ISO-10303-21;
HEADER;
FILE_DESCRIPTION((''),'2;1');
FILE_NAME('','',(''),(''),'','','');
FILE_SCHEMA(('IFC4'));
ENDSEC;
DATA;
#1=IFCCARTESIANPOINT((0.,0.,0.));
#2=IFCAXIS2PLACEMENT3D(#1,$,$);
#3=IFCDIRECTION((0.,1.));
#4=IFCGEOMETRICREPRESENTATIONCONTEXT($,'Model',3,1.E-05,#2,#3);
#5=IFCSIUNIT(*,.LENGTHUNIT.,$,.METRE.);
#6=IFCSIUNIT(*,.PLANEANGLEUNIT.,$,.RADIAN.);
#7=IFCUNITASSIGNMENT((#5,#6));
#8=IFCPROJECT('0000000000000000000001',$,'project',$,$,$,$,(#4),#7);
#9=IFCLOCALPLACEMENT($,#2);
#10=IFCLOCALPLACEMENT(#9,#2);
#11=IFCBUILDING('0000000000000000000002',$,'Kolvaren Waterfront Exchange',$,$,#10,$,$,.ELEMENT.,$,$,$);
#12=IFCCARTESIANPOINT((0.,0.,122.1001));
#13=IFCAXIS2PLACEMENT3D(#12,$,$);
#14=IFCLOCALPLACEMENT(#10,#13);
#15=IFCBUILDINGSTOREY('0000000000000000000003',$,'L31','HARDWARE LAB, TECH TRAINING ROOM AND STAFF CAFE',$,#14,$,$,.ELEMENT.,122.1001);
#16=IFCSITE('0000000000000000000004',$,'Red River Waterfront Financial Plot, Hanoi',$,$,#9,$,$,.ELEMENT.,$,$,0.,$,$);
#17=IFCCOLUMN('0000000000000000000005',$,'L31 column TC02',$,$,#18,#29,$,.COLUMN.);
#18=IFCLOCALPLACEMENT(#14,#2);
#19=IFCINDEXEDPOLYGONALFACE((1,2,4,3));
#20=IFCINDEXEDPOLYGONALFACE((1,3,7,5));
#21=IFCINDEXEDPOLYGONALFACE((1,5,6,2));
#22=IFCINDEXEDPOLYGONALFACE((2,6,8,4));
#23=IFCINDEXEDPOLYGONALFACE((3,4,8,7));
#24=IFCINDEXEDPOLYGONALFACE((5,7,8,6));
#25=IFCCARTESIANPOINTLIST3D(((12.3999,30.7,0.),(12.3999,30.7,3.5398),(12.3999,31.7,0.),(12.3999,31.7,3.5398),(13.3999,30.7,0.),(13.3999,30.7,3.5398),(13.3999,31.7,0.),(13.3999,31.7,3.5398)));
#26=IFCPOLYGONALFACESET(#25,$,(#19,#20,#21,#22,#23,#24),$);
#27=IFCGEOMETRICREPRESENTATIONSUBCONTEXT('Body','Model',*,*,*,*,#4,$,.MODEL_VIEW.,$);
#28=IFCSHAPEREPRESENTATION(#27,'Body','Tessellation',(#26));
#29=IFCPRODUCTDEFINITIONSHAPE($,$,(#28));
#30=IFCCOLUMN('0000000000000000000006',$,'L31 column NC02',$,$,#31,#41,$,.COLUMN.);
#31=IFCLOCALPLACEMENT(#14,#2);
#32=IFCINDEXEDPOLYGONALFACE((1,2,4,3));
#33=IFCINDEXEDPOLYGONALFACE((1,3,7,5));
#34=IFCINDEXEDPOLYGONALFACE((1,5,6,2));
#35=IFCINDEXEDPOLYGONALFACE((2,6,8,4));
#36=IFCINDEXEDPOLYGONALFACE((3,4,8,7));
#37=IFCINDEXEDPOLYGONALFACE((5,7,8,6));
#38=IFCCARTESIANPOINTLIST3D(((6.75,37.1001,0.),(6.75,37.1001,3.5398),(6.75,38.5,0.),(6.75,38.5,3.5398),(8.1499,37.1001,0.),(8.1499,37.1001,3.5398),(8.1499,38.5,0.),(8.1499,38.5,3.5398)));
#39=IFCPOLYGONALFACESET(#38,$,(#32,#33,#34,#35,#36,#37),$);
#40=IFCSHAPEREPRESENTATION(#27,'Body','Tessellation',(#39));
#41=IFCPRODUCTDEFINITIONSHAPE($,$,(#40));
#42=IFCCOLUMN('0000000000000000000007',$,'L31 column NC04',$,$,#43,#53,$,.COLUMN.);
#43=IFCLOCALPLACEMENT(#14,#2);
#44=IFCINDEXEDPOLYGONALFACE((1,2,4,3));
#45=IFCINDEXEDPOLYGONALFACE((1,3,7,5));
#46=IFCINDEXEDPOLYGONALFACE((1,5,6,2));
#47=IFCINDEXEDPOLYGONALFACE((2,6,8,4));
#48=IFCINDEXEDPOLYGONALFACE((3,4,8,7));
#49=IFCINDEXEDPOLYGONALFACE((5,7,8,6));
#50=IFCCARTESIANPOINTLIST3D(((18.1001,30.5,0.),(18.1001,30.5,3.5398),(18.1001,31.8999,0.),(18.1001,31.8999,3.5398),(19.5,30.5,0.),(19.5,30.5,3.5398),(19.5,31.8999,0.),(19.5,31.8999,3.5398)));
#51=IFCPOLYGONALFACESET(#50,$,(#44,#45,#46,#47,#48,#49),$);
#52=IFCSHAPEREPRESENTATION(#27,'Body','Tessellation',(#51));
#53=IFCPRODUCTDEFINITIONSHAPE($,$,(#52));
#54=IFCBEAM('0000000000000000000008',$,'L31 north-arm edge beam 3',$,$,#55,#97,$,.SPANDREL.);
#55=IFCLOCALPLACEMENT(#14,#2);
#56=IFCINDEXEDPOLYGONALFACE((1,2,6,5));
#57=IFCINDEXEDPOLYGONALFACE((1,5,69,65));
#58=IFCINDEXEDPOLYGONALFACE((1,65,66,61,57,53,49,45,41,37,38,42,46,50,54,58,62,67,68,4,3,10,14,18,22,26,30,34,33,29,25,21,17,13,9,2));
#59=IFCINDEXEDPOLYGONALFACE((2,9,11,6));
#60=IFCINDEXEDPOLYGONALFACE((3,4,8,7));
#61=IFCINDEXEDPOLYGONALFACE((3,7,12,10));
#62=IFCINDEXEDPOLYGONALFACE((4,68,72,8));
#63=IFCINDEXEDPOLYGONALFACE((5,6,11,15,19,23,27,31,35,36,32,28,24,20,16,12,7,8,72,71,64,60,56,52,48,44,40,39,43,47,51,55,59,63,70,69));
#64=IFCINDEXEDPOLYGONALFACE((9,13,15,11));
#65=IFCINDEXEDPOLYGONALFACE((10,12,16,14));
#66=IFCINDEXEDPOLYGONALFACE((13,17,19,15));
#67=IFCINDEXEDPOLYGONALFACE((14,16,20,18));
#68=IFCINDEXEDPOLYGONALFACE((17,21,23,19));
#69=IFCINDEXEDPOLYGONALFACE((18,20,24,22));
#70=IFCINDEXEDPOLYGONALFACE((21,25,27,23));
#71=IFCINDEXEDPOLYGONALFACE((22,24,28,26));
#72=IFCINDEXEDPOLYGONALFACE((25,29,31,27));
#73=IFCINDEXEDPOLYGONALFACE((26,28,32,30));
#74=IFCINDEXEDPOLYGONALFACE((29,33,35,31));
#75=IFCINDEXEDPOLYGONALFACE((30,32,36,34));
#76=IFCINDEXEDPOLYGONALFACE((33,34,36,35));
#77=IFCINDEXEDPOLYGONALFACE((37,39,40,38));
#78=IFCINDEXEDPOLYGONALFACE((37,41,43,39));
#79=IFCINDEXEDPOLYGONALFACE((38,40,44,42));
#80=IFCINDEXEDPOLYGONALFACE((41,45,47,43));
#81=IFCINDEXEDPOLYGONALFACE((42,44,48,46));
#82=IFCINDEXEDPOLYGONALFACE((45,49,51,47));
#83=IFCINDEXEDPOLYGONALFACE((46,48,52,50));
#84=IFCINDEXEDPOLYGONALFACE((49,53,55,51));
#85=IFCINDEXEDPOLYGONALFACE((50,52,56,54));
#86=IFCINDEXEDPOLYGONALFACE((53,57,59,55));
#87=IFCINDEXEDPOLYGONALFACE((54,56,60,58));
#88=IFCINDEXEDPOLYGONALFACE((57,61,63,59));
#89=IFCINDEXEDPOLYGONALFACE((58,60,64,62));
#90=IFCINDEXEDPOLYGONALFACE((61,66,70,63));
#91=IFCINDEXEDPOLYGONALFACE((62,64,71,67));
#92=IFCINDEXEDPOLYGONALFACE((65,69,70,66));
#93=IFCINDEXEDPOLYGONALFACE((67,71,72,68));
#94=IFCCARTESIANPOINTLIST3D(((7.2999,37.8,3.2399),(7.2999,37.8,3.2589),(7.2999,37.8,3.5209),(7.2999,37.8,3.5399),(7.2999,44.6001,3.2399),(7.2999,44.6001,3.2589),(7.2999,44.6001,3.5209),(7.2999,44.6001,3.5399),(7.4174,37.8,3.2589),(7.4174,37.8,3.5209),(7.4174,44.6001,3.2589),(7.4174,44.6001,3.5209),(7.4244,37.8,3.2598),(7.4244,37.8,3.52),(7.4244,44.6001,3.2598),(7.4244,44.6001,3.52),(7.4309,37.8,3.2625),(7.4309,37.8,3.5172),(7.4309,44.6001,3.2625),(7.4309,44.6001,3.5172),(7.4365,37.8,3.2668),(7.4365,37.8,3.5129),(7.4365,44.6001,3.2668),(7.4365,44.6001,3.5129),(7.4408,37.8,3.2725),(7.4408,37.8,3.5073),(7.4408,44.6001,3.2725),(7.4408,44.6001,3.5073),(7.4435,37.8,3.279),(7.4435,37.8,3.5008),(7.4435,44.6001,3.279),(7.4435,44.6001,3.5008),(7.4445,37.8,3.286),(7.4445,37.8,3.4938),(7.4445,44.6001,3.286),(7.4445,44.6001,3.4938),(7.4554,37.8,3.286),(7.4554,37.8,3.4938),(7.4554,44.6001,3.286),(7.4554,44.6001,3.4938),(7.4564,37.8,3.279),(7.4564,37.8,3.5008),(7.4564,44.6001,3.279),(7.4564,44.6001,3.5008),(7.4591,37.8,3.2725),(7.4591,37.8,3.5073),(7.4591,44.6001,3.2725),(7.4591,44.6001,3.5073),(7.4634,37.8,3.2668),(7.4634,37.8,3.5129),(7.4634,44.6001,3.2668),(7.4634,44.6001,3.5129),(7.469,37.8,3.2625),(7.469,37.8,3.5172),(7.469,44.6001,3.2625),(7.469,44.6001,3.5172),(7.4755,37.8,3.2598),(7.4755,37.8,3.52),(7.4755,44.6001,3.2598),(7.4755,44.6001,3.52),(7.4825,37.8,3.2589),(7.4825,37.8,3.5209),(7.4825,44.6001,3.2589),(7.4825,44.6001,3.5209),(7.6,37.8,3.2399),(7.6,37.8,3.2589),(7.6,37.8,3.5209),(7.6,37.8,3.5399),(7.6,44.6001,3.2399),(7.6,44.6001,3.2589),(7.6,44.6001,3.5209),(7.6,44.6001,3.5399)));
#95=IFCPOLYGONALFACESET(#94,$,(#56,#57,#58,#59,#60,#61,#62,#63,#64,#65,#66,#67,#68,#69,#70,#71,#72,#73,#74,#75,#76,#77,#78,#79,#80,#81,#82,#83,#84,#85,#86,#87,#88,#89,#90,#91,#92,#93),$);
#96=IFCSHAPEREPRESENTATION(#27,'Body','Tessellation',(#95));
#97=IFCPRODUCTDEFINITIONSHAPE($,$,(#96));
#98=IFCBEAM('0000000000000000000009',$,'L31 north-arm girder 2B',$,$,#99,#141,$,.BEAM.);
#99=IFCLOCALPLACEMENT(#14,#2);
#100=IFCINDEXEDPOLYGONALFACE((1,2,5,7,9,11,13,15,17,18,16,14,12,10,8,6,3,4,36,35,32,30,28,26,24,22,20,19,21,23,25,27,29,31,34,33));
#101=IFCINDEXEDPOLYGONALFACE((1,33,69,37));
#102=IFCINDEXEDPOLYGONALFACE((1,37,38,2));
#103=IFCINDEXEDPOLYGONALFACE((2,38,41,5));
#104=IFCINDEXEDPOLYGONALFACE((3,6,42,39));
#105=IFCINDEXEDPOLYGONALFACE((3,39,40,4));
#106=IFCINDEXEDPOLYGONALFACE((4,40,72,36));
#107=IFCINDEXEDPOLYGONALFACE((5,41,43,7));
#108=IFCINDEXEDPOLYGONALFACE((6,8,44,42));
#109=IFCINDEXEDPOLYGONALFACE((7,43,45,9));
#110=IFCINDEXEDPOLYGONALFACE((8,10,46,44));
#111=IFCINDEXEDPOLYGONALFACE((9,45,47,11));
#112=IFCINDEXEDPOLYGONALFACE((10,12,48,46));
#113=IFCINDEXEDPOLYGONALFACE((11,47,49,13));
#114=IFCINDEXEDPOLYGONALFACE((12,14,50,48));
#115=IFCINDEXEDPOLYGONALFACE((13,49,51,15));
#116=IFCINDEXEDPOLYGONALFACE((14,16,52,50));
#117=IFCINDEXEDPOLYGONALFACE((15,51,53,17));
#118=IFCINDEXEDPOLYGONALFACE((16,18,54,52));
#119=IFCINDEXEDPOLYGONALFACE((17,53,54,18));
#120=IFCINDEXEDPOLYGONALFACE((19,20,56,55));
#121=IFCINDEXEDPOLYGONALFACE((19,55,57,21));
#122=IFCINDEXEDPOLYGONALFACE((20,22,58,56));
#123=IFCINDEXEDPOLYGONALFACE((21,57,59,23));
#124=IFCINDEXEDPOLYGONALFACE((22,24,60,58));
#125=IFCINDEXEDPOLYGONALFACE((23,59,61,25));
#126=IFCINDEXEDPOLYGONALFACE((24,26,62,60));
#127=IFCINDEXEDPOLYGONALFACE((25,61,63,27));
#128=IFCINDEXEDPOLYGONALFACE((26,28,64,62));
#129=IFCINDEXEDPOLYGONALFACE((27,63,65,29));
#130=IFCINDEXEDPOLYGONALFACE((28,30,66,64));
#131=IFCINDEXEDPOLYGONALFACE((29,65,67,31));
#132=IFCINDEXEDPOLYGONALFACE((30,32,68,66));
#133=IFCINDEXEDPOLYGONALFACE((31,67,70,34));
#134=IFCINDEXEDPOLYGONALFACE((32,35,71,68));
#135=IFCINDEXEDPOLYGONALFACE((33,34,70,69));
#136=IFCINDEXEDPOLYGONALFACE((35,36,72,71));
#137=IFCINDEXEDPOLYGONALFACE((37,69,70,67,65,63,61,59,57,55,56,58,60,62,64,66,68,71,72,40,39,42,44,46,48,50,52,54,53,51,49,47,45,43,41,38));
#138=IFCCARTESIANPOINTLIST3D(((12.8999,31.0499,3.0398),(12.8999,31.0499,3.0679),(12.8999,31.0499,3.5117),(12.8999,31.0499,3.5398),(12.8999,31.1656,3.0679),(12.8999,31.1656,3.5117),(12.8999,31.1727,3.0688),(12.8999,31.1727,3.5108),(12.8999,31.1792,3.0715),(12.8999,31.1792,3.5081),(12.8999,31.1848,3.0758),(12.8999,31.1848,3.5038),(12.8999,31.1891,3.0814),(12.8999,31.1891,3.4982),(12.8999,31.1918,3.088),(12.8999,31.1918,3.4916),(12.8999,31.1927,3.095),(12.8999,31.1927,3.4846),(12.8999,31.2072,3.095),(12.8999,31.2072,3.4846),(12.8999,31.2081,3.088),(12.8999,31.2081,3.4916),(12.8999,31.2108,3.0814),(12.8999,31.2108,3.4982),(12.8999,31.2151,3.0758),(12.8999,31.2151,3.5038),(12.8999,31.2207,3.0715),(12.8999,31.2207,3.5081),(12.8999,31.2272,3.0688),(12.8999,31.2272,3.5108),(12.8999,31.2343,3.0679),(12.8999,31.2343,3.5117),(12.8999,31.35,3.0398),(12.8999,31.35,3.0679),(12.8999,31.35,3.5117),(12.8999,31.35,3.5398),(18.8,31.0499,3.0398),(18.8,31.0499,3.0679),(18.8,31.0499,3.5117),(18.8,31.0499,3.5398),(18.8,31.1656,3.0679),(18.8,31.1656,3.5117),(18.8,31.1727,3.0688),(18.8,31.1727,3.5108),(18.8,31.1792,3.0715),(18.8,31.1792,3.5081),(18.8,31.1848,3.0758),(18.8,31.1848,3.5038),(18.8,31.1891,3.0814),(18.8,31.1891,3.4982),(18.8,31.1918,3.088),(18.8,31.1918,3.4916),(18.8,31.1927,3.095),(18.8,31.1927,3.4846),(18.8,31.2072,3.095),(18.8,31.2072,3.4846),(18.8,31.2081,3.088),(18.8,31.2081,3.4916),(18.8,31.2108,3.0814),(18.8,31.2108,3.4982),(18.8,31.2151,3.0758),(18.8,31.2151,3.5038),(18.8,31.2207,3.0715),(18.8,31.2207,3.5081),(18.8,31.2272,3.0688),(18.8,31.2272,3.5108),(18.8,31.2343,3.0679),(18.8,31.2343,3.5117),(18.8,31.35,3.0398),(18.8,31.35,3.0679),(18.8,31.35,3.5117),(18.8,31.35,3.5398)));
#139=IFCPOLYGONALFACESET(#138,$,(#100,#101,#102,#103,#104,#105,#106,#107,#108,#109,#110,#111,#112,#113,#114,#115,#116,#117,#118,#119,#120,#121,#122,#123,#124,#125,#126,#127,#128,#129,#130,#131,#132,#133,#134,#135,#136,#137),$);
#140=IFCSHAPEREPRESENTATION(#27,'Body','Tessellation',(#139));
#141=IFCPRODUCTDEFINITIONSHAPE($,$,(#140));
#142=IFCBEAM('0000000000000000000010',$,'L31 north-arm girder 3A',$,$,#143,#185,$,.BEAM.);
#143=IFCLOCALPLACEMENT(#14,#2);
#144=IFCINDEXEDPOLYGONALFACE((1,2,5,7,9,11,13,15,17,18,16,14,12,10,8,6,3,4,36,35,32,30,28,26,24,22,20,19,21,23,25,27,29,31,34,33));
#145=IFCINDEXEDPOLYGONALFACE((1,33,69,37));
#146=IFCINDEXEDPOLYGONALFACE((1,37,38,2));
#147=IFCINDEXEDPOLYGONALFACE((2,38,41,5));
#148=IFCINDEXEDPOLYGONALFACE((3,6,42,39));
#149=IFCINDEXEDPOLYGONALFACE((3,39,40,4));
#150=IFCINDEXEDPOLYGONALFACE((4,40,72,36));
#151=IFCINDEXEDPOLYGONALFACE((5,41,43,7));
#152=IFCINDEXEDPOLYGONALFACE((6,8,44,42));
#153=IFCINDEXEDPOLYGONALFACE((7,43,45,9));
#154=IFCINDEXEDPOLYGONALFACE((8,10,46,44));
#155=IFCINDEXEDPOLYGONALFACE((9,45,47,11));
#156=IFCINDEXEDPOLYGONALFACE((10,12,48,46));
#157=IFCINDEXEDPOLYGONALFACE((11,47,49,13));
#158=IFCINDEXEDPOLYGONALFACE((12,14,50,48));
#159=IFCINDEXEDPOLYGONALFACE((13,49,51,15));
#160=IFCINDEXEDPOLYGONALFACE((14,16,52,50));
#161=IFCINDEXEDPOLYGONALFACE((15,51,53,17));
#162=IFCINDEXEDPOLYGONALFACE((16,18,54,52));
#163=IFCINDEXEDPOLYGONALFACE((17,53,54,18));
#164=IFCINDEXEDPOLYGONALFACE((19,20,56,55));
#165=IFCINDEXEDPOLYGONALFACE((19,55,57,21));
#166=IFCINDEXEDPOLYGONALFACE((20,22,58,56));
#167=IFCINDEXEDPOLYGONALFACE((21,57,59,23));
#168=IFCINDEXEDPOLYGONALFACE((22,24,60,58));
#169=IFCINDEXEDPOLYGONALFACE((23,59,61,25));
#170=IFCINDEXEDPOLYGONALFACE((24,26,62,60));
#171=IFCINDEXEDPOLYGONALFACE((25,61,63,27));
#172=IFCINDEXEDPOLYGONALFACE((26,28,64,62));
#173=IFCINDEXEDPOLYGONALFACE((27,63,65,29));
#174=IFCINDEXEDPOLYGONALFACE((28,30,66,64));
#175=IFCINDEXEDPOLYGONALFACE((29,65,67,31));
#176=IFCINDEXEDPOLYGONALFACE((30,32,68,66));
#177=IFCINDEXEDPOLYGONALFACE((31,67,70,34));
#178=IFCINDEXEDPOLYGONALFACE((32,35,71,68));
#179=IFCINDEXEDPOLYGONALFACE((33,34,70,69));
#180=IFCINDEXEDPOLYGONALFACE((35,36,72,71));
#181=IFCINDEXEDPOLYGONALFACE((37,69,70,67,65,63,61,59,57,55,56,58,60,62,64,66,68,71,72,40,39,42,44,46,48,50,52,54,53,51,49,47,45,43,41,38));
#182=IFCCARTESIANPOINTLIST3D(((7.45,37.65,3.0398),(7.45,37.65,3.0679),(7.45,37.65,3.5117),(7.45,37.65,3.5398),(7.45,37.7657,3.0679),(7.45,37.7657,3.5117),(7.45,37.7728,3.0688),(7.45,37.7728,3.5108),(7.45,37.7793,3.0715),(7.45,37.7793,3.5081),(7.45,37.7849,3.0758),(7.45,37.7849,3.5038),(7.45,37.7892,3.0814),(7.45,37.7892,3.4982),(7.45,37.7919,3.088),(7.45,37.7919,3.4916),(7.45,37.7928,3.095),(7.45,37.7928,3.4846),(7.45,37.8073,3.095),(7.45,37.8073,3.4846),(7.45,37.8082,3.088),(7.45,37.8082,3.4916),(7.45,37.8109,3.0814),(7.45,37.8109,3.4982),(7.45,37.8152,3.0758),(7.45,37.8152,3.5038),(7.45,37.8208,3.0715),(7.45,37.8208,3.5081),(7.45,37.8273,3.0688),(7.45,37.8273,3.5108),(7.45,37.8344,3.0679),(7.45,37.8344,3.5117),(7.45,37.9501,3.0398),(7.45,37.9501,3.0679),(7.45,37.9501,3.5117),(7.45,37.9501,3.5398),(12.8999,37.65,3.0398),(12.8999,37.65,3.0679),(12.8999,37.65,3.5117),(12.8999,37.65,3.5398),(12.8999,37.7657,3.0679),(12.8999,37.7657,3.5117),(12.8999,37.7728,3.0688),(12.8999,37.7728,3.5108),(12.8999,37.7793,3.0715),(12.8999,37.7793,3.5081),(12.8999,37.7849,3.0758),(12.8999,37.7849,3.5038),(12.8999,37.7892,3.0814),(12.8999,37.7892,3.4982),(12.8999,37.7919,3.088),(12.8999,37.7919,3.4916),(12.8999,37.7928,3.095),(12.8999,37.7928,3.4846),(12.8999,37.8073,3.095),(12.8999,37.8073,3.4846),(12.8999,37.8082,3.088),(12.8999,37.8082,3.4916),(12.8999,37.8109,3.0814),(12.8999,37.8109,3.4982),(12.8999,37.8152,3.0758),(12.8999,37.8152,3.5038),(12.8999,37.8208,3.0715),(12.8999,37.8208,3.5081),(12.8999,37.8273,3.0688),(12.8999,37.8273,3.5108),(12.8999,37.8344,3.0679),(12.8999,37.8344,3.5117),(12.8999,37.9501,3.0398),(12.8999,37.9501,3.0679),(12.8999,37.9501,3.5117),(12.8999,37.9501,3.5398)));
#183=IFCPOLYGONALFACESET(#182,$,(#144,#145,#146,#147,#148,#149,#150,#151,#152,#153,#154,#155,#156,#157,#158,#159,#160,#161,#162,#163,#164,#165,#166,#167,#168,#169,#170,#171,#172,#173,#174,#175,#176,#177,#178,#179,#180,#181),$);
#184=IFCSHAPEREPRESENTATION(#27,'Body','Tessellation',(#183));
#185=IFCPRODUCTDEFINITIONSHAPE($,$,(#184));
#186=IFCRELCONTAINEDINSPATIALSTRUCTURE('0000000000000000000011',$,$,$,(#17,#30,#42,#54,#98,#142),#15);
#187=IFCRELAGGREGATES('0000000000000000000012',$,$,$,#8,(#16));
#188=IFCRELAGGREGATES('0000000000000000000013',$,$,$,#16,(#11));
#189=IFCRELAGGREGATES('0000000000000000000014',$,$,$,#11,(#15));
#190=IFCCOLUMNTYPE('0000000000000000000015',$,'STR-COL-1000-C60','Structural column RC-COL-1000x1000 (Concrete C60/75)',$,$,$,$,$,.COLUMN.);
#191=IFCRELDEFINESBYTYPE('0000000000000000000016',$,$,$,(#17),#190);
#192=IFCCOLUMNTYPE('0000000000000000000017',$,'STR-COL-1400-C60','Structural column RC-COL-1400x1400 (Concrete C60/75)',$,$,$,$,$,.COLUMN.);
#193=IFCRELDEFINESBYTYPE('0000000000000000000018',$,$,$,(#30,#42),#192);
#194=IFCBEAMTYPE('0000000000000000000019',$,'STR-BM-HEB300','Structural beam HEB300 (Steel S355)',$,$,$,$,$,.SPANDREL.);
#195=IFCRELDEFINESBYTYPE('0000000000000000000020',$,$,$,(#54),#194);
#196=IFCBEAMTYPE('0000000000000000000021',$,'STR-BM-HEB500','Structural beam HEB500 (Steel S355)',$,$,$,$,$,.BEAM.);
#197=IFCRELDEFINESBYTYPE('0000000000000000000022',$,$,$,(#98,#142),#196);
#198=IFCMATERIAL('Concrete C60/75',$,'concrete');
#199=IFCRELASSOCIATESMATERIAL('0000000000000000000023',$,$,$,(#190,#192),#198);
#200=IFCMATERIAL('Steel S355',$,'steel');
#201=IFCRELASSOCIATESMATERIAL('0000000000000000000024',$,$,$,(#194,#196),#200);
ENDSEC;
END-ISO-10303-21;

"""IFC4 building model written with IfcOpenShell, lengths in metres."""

from ifc_helpers import new_model, si_unit, direction, frame, origin, origin_2d, place, context, subcontext, project, spatial, rectangle, i_section, extrude, material, material_profile, profile_set, type_object, element, save


model = new_model("IFC4")

# Units and contexts
model_context = context("Model", 3, precision=1e-05, world=origin(), true_north=direction((0.0, 1.0)))
body_context = subcontext(model_context, "Body", "Model", "MODEL_VIEW")
ifc_project = project(units=[si_unit("LENGTHUNIT", "METRE"), si_unit("PLANEANGLEUNIT", "RADIAN")], contexts=[model_context])

# Site, building, storey
site_placement = place(None, origin())
site = spatial("IfcSite", under=ifc_project, at=site_placement, Name="Red River Waterfront Financial Plot, Hanoi", CompositionType="ELEMENT", RefElevation=0.0)
building_placement = place(site_placement, origin())
building = spatial("IfcBuilding", under=site, at=building_placement, Name="Kolvaren Waterfront Exchange", CompositionType="ELEMENT")
storey_placement = place(building_placement, frame((0.0, 0.0, 122.1001)))
storey = spatial("IfcBuildingStorey", under=building, at=storey_placement, Name="L31", Description="HARDWARE LAB, TECH TRAINING ROOM AND STAFF CAFE", CompositionType="ELEMENT", Elevation=122.1001)

# Columns
ifc_material_1 = material(Name="Concrete C60/75", Category="concrete")
ifc_material_profile_1 = material_profile(ifc_material_1, rectangle(XDim=1.0, YDim=1.0, at=origin_2d()), Name="RC-COL-1000x1000")
ifc_profile_set_1 = profile_set([ifc_material_profile_1], Name="Concrete C60/75")
column_type_1 = type_object("IfcColumnType", Name="STR-COL-1000-C60", Description="Structural column RC-COL-1000x1000 (Concrete C60/75)", PredefinedType="COLUMN", material=ifc_profile_set_1)
column_placement = place(storey_placement, frame((12.8999, 31.2, 0.0), z_axis=(0.0, 0.0, 1.0), x_axis=(1.0, 0.0, 0.0)))
element("IfcColumn", 1, at=column_placement, inside=storey, type_object=column_type_1, Name="L31 column TC02", PredefinedType="COLUMN", context=body_context, shape_type="SweptSolid", body=[
    extrude(rectangle(XDim=1.0, YDim=1.0, at=origin_2d()), origin(), (0.0, 0.0, 1.0), 3.5398),
])
ifc_material_profile_2 = material_profile(ifc_material_1, rectangle(XDim=1.3999, YDim=1.3999, at=origin_2d()), Name="RC-COL-1400x1400")
ifc_profile_set_2 = profile_set([ifc_material_profile_2], Name="Concrete C60/75")
column_type_2 = type_object("IfcColumnType", Name="STR-COL-1400-C60", Description="Structural column RC-COL-1400x1400 (Concrete C60/75)", PredefinedType="COLUMN", material=ifc_profile_set_2)
for number, where, z_axis, x_axis, name in (
    (2, (7.45, 37.8, 0.0), (0.0, 0.0, 1.0), (1.0, 0.0, 0.0), "L31 column NC02"),
    (3, (18.8, 31.2, 0.0), (0.0, 0.0, 1.0), (1.0, 0.0, 0.0), "L31 column NC04"),
):
    element("IfcColumn", number, at=place(storey_placement, frame(where, z_axis=z_axis, x_axis=x_axis)), inside=storey, type_object=column_type_2, Name=name, PredefinedType="COLUMN", context=body_context, shape_type="SweptSolid", body=[
        extrude(rectangle(XDim=1.3999, YDim=1.3999, at=origin_2d()), origin(), (0.0, 0.0, 1.0), 3.5398),
    ])

# Beams
ifc_material_2 = material(Name="Steel S355", Category="steel")
ifc_material_profile_3 = material_profile(ifc_material_2, i_section(OverallWidth=0.3, OverallDepth=0.3, WebThickness=0.011, FlangeThickness=0.019, FilletRadius=0.0271, at=origin_2d()), Name="HEB300")
ifc_profile_set_3 = profile_set([ifc_material_profile_3], Name="Steel S355")
beam_type_1 = type_object("IfcBeamType", Name="STR-BM-HEB300", Description="Structural beam HEB300 (Steel S355)", PredefinedType="SPANDREL", material=ifc_profile_set_3)
beam_1_placement = place(storey_placement, frame((7.45, 37.8, 3.3899), z_axis=(0.0, 1.0, 0.0), x_axis=(-1.0, 0.0, 0.0)))
element("IfcBeam", 4, at=beam_1_placement, inside=storey, type_object=beam_type_1, Name="L31 north-arm edge beam 3", PredefinedType="SPANDREL", context=body_context, shape_type="SweptSolid", body=[
    extrude(i_section(OverallWidth=0.3, OverallDepth=0.3, WebThickness=0.011, FlangeThickness=0.019, FilletRadius=0.0271, at=origin_2d()), origin(), (0.0, 0.0, 1.0), 6.8),
])
ifc_material_profile_4 = material_profile(ifc_material_2, i_section(OverallWidth=0.3, OverallDepth=0.5, WebThickness=0.0144, FlangeThickness=0.0281, FilletRadius=0.0271, at=origin_2d()), Name="HEB500")
ifc_profile_set_4 = profile_set([ifc_material_profile_4], Name="Steel S355")
beam_type_2 = type_object("IfcBeamType", Name="STR-BM-HEB500", Description="Structural beam HEB500 (Steel S355)", PredefinedType="BEAM", material=ifc_profile_set_4)
beam_2_placement = place(storey_placement, frame((12.8999, 31.2, 3.2898), z_axis=(1.0, 0.0, 0.0), x_axis=(0.0, 1.0, 0.0)))
element("IfcBeam", 5, at=beam_2_placement, inside=storey, type_object=beam_type_2, Name="L31 north-arm girder 2B", PredefinedType="BEAM", context=body_context, shape_type="SweptSolid", body=[
    extrude(i_section(OverallWidth=0.3, OverallDepth=0.5, WebThickness=0.0144, FlangeThickness=0.0281, FilletRadius=0.0271, at=origin_2d()), origin(), (0.0, 0.0, 1.0), 5.9001),
])
beam_3_placement = place(storey_placement, frame((7.45, 37.8, 3.2898), z_axis=(1.0, 0.0, 0.0), x_axis=(0.0, 1.0, 0.0)))
element("IfcBeam", 6, at=beam_3_placement, inside=storey, type_object=beam_type_2, Name="L31 north-arm girder 3A", PredefinedType="BEAM", context=body_context, shape_type="SweptSolid", body=[
    extrude(i_section(OverallWidth=0.3, OverallDepth=0.5, WebThickness=0.0144, FlangeThickness=0.0281, FilletRadius=0.0271, at=origin_2d()), origin(), (0.0, 0.0, 1.0), 5.45),
])

save(model, "model.ifc")
